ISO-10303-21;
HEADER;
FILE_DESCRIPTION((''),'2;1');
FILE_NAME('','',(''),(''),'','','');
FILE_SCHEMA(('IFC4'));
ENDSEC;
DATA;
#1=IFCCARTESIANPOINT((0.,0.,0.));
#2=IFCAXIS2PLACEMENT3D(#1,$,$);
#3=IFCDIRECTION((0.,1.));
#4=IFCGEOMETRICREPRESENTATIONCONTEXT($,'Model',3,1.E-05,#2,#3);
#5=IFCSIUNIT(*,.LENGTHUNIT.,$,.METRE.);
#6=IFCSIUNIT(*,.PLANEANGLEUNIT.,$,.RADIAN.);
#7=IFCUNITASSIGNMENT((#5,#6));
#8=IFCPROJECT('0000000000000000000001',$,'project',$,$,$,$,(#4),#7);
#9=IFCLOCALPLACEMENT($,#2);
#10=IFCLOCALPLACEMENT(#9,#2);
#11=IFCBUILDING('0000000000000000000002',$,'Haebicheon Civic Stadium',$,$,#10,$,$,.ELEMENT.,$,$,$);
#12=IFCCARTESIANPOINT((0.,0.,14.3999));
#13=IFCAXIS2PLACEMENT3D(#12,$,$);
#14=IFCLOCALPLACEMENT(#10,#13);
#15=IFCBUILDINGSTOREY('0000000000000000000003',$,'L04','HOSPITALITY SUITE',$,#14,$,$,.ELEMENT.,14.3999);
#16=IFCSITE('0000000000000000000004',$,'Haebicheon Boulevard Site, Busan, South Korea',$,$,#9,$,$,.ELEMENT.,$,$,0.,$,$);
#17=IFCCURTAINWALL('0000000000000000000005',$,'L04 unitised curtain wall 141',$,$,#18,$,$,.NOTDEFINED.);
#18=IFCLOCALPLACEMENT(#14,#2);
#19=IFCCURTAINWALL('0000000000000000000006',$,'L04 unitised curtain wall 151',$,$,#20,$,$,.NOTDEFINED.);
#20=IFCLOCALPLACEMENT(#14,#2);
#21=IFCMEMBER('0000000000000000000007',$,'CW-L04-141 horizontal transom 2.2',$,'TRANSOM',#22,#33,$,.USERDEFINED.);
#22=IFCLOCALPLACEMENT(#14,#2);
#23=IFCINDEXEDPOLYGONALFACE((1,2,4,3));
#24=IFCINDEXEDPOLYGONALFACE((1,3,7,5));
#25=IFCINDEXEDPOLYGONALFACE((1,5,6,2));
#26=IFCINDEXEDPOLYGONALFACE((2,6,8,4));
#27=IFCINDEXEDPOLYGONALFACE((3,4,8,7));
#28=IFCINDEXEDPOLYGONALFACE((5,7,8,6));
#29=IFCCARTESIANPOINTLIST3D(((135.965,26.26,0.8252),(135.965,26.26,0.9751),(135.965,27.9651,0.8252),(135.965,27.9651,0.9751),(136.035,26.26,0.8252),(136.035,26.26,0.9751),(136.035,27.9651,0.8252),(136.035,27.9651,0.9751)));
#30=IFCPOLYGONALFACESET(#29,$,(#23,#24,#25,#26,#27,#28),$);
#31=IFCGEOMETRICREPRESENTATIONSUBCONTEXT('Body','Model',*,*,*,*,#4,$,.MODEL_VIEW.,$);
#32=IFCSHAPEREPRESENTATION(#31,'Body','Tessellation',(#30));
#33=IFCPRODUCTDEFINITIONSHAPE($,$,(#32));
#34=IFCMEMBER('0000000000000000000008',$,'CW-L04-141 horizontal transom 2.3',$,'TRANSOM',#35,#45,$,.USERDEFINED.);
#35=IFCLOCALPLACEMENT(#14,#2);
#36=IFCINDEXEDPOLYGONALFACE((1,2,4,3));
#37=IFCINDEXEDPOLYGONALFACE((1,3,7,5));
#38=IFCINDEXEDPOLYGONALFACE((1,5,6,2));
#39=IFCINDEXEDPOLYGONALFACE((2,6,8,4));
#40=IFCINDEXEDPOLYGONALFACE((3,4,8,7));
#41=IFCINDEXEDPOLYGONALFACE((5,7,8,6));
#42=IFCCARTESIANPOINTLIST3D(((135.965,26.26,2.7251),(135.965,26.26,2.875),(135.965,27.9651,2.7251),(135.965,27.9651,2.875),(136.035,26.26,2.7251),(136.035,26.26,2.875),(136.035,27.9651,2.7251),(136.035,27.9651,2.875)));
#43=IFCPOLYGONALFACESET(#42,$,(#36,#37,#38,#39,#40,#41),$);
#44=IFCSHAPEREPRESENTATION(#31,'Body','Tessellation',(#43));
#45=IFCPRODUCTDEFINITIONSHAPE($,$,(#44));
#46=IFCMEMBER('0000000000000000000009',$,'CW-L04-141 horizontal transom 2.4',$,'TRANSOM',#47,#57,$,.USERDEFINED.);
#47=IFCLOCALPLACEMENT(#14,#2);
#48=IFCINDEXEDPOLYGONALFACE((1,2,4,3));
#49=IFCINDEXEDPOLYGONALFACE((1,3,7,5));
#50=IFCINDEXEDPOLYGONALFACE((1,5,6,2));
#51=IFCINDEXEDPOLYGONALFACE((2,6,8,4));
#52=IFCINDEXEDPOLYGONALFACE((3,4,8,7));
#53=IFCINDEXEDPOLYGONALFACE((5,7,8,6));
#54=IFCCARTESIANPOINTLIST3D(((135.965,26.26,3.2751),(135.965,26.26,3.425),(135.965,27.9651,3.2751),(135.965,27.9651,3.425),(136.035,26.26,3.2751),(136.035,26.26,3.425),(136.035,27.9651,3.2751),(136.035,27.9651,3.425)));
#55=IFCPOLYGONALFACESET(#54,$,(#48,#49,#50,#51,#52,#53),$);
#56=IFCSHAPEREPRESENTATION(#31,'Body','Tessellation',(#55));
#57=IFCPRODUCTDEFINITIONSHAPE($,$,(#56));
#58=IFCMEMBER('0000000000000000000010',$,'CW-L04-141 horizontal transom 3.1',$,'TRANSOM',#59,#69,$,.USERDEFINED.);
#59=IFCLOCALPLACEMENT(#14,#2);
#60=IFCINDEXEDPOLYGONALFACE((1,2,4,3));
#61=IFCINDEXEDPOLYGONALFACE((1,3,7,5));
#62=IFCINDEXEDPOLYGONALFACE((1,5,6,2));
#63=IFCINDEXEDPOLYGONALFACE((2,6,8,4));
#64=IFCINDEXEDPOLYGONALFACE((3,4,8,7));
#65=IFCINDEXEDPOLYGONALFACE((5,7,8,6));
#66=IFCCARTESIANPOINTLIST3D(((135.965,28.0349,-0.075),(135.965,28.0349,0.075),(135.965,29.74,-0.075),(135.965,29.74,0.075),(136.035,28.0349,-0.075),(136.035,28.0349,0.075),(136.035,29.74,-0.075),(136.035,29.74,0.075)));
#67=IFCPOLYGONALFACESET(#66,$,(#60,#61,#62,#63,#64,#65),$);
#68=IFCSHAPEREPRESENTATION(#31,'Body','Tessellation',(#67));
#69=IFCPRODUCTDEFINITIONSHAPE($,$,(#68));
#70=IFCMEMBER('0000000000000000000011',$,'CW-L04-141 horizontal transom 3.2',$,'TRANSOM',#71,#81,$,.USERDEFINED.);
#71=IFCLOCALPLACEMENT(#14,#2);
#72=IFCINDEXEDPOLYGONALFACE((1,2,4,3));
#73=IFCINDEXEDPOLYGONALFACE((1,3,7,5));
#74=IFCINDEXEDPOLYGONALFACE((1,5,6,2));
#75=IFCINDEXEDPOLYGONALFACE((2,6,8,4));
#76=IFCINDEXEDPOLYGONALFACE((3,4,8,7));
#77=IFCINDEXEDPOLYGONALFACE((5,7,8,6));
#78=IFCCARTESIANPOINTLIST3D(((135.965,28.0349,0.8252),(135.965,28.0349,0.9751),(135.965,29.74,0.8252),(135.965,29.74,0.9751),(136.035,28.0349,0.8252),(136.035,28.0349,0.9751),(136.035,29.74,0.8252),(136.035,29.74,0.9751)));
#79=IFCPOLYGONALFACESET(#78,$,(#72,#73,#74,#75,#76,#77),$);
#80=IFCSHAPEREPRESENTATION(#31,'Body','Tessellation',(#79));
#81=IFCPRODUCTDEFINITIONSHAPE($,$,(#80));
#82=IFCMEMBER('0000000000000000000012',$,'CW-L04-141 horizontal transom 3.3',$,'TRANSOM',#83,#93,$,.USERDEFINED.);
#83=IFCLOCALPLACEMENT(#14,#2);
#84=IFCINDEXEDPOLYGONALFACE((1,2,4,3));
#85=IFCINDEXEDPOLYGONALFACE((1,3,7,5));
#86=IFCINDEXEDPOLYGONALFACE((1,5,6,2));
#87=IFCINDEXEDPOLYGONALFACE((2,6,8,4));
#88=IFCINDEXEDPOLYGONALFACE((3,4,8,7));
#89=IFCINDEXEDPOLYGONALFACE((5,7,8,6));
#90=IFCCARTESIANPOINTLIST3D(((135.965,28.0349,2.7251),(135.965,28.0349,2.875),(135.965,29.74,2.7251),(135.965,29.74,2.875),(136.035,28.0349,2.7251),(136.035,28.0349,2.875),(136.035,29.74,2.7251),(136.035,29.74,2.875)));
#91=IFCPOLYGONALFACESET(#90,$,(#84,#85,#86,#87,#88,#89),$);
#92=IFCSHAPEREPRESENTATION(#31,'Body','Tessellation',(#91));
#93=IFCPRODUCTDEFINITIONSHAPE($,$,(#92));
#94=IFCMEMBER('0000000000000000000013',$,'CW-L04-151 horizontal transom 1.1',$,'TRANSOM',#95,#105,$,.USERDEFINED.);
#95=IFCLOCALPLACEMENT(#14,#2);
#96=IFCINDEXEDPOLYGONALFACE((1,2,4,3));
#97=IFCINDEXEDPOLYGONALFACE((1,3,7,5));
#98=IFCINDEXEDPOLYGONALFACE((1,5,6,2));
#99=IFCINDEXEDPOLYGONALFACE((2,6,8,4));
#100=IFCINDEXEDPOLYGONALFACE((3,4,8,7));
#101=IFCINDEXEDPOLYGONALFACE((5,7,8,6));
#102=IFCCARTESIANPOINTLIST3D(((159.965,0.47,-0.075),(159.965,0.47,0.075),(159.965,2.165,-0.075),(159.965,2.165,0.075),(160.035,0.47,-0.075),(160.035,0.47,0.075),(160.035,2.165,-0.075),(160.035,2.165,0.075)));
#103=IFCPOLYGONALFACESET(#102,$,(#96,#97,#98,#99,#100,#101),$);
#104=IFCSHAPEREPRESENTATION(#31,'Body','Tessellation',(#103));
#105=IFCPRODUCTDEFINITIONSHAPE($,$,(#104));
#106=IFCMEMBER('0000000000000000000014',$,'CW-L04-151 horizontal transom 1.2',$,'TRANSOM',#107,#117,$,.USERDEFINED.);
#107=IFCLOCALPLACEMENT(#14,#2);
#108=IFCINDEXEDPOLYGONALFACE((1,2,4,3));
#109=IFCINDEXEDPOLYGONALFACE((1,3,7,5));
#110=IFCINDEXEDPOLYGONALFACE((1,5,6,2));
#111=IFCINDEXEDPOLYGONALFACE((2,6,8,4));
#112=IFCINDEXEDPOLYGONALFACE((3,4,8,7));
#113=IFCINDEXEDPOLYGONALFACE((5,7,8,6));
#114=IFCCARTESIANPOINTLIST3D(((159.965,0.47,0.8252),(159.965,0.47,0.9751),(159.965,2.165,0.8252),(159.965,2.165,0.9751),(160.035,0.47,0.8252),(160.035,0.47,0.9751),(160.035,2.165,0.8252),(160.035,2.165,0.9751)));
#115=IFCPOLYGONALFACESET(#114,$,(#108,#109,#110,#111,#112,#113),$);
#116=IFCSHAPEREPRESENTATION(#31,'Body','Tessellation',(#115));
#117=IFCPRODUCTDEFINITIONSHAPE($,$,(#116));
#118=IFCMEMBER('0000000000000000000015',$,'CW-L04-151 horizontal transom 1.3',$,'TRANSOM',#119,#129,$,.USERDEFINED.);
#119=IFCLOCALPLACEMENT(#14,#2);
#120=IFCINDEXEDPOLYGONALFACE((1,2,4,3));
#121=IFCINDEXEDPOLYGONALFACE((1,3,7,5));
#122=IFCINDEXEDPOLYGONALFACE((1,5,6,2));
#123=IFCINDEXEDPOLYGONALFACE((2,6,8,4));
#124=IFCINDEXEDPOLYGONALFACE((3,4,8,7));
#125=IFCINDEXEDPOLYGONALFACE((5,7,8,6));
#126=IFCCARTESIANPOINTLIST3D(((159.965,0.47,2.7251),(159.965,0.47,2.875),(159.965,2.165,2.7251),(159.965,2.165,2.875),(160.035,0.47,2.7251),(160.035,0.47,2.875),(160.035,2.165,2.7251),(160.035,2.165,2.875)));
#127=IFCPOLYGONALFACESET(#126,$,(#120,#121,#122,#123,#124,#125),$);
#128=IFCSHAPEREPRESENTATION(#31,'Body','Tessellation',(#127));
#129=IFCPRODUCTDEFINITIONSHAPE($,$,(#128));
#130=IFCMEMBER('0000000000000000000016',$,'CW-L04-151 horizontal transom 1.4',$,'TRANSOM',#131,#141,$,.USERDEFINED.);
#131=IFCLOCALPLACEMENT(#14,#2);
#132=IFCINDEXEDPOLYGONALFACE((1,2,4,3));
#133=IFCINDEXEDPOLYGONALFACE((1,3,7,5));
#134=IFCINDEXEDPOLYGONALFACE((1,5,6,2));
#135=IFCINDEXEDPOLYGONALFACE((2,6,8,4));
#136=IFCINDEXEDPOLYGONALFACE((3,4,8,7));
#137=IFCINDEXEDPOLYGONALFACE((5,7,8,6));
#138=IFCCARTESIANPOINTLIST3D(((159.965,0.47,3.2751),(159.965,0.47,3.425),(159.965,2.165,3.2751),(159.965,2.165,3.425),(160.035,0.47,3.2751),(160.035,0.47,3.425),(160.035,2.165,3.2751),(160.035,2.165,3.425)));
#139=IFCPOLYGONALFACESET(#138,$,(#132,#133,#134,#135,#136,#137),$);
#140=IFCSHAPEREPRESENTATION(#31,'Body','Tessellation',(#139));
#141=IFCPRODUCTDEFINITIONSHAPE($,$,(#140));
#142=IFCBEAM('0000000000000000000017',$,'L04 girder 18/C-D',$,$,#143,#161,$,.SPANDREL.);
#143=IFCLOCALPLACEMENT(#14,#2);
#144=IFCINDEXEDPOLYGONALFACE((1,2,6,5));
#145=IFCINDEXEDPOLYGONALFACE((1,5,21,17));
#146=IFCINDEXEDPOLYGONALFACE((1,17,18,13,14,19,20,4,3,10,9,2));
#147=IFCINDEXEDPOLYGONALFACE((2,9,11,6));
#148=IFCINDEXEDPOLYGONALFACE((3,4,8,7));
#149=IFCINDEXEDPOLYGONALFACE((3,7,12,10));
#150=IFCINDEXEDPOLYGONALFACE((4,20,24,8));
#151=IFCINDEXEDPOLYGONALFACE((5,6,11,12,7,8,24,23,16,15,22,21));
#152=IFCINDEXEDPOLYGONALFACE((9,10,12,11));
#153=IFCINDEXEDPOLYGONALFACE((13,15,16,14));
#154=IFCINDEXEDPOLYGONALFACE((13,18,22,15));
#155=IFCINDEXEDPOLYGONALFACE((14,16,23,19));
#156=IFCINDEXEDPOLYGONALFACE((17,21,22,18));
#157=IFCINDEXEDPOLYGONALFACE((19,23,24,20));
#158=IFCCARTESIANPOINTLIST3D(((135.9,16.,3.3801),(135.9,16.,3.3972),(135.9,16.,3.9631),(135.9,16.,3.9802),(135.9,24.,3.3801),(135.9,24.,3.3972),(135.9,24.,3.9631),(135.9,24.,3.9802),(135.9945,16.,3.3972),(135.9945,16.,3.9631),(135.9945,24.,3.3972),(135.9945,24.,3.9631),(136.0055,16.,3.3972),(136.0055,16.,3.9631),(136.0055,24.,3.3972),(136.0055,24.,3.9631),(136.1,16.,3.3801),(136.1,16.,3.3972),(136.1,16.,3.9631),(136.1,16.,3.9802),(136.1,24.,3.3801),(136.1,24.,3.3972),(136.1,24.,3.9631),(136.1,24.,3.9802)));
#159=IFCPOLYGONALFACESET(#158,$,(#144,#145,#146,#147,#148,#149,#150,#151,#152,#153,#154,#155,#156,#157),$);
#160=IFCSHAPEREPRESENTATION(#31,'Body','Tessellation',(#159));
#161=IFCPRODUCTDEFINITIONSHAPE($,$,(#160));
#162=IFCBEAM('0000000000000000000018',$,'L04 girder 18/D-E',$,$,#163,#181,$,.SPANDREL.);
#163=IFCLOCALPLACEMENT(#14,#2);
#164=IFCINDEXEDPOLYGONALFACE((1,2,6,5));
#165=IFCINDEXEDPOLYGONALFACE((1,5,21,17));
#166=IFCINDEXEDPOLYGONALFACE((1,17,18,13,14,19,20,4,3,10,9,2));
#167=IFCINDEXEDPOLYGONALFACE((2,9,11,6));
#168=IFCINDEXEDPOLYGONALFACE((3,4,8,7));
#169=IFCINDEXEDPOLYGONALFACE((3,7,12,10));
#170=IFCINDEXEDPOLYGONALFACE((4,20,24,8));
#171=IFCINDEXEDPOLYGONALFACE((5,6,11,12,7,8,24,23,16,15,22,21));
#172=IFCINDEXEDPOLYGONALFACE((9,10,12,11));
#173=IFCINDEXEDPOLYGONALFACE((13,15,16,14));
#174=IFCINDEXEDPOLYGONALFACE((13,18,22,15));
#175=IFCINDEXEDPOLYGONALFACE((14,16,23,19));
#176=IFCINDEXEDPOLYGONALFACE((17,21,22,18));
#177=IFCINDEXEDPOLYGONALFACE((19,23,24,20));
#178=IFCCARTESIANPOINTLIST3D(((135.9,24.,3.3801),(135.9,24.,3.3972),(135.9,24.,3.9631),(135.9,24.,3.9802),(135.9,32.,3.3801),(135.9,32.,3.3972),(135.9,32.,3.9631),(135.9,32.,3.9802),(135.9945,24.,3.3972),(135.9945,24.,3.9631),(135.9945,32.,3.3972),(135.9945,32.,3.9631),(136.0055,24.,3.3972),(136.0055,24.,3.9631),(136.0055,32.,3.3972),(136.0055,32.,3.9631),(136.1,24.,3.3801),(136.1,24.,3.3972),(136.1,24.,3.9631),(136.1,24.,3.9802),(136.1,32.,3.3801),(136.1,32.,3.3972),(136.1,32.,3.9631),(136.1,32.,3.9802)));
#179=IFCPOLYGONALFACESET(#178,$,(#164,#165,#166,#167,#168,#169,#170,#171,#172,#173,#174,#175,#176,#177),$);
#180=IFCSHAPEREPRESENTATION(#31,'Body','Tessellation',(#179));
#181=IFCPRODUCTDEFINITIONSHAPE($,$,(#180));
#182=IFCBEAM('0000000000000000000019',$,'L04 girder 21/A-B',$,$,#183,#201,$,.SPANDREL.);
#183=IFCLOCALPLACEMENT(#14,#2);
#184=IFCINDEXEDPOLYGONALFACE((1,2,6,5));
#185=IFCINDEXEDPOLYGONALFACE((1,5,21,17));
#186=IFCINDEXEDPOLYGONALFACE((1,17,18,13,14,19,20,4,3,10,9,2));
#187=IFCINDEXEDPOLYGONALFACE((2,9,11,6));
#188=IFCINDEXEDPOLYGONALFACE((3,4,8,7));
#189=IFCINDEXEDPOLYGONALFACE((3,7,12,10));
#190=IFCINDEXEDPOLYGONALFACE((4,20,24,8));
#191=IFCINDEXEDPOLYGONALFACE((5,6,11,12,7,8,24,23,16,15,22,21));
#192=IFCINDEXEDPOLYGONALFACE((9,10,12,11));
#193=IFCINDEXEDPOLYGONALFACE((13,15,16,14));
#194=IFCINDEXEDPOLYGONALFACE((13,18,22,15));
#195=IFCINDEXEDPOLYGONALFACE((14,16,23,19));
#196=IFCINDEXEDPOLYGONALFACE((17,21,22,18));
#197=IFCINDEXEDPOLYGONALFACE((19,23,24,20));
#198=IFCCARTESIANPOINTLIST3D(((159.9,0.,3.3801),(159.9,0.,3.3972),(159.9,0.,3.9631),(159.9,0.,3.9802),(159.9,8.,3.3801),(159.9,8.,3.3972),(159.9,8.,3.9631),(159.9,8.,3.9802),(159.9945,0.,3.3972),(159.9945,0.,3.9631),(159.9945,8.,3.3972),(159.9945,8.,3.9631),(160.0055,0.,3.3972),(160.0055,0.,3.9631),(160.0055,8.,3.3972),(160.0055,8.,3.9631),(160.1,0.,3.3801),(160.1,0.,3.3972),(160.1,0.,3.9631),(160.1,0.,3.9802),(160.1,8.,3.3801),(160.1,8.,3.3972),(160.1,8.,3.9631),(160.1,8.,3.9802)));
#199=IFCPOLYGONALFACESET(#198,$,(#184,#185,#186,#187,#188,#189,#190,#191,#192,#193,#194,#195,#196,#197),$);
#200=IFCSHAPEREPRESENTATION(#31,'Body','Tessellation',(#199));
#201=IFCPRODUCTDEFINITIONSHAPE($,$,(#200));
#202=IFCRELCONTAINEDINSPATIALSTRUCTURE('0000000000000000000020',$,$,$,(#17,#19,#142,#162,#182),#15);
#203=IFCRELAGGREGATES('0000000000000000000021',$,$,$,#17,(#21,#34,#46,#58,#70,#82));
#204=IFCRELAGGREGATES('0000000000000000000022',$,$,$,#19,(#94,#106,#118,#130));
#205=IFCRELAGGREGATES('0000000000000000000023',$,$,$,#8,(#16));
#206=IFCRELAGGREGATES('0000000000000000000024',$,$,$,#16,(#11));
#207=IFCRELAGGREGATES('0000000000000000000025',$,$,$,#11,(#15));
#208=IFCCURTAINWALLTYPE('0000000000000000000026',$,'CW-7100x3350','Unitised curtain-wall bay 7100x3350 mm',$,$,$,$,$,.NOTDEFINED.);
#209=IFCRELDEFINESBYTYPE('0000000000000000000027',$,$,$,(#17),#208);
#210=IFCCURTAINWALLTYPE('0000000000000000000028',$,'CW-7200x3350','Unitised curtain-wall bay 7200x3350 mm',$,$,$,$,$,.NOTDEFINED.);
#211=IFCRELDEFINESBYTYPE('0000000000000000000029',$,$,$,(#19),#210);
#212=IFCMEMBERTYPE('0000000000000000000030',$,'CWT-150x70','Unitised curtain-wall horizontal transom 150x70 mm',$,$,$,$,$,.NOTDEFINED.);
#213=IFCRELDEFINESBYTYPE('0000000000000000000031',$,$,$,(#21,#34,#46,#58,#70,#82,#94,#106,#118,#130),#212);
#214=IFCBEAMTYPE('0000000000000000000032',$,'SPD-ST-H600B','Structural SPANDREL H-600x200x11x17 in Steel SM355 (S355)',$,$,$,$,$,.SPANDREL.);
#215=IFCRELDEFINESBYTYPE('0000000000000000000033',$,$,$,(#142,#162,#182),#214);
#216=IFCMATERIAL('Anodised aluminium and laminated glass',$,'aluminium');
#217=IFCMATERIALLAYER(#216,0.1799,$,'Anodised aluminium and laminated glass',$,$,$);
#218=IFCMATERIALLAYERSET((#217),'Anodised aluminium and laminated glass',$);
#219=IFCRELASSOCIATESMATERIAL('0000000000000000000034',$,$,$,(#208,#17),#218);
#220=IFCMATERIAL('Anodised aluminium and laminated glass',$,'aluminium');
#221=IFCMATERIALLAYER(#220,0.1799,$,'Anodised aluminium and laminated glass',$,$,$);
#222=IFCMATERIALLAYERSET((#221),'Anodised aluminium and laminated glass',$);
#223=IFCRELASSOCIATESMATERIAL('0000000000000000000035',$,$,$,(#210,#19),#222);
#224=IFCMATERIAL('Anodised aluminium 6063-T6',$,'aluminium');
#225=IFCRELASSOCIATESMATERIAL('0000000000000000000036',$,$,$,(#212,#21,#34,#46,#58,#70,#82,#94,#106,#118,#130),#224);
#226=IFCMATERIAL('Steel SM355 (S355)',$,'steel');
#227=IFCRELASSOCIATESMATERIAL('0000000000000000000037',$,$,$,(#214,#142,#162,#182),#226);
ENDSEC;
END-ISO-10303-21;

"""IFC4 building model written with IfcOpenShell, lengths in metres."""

from ifc_helpers import new_model, si_unit, direction, frame, origin, origin_2d, place, context, subcontext, project, spatial, rectangle, i_section, extrude, material, layer, layer_set, material_profile, profile_set, type_object, element, aggregate, save


model = new_model("IFC4")

# Units and contexts
model_context = context("Model", 3, precision=1e-05, world=origin(), true_north=direction((0.0, 1.0)))
body_context = subcontext(model_context, "Body", "Model", "MODEL_VIEW")
ifc_project = project(units=[si_unit("LENGTHUNIT", "METRE"), si_unit("PLANEANGLEUNIT", "RADIAN")], contexts=[model_context])

# Site, building, storey
site_placement = place(None, origin())
site = spatial("IfcSite", under=ifc_project, at=site_placement, Name="Haebicheon Boulevard Site, Busan, South Korea", CompositionType="ELEMENT", RefElevation=0.0)
building_placement = place(site_placement, origin())
building = spatial("IfcBuilding", under=site, at=building_placement, Name="Haebicheon Civic Stadium", CompositionType="ELEMENT")
storey_placement = place(building_placement, frame((0.0, 0.0, 14.3999)))
storey = spatial("IfcBuildingStorey", under=building, at=storey_placement, Name="L04", Description="HOSPITALITY SUITE", CompositionType="ELEMENT", Elevation=14.3999)

# Shared definitions
ifc_material_1 = material(Name="Anodised aluminium and laminated glass", Category="aluminium")
ifc_layer_1 = layer(ifc_material_1, 0.1799, Name="Anodised aluminium and laminated glass")
ifc_layer_set_1 = layer_set([ifc_layer_1], Name="Anodised aluminium and laminated glass")
curtain_wall_type_1 = type_object("IfcCurtainWallType", Name="CW-7100x3350", Description="Unitised curtain-wall bay 7100x3350 mm", PredefinedType="NOTDEFINED", material=ifc_layer_set_1)

# Curtain walls
curtain_wall_1_placement = place(storey_placement, origin())
curtain_wall_1 = element("IfcCurtainWall", 1, at=curtain_wall_1_placement, inside=storey, type_object=curtain_wall_type_1, material=ifc_layer_set_1, Name="L04 unitised curtain wall 141", PredefinedType="NOTDEFINED")
ifc_material_2 = material(Name="Anodised aluminium and laminated glass", Category="aluminium")
ifc_layer_2 = layer(ifc_material_2, 0.1799, Name="Anodised aluminium and laminated glass")
ifc_layer_set_2 = layer_set([ifc_layer_2], Name="Anodised aluminium and laminated glass")
curtain_wall_type_2 = type_object("IfcCurtainWallType", Name="CW-7200x3350", Description="Unitised curtain-wall bay 7200x3350 mm", PredefinedType="NOTDEFINED", material=ifc_layer_set_2)
curtain_wall_2_placement = place(storey_placement, origin())
curtain_wall_2 = element("IfcCurtainWall", 2, at=curtain_wall_2_placement, inside=storey, type_object=curtain_wall_type_2, material=ifc_layer_set_2, Name="L04 unitised curtain wall 151", PredefinedType="NOTDEFINED")

# Members
ifc_material_3 = material(Name="Anodised aluminium 6063-T6", Category="aluminium")
ifc_material_profile_1 = material_profile(ifc_material_3, rectangle(XDim=0.0701, YDim=0.1499, at=origin_2d()), Name="ALU-TRAN-70x150")
ifc_profile_set_1 = profile_set([ifc_material_profile_1], Name="Anodised aluminium 6063-T6")
member_type_1 = type_object("IfcMemberType", Name="CWT-150x70", Description="Unitised curtain-wall horizontal transom 150x70 mm", PredefinedType="NOTDEFINED", material=ifc_profile_set_1)
member_1_placement = place(storey_placement, frame((136.0, 26.26, 0.9001), z_axis=(0.0, 1.0, 0.0), x_axis=(-1.0, 0.0, 0.0)))
member_1 = element("IfcMember", 3, at=member_1_placement, type_object=member_type_1, material=ifc_profile_set_1, Name="CW-L04-141 horizontal transom 2.2", ObjectType="TRANSOM", PredefinedType="USERDEFINED", context=body_context, shape_type="SweptSolid", body=[
    extrude(rectangle(XDim=0.0701, YDim=0.1499, at=origin_2d()), origin(), (0.0, 0.0, 1.0), 1.7051),
])
member_2_placement = place(storey_placement, frame((136.0, 26.26, 2.8), z_axis=(0.0, 1.0, 0.0), x_axis=(-1.0, 0.0, 0.0)))
member_2 = element("IfcMember", 4, at=member_2_placement, type_object=member_type_1, material=ifc_profile_set_1, Name="CW-L04-141 horizontal transom 2.3", ObjectType="TRANSOM", PredefinedType="USERDEFINED", context=body_context, shape_type="SweptSolid", body=[
    extrude(rectangle(XDim=0.0701, YDim=0.1499, at=origin_2d()), origin(), (0.0, 0.0, 1.0), 1.7051),
])
member_3_placement = place(storey_placement, frame((136.0, 26.26, 3.3501), z_axis=(0.0, 1.0, 0.0), x_axis=(-1.0, 0.0, 0.0)))
member_3 = element("IfcMember", 5, at=member_3_placement, type_object=member_type_1, material=ifc_profile_set_1, Name="CW-L04-141 horizontal transom 2.4", ObjectType="TRANSOM", PredefinedType="USERDEFINED", context=body_context, shape_type="SweptSolid", body=[
    extrude(rectangle(XDim=0.0701, YDim=0.1499, at=origin_2d()), origin(), (0.0, 0.0, 1.0), 1.7051),
])
member_4_placement = place(storey_placement, frame((136.0, 28.0349, 0.0), z_axis=(0.0, 1.0, 0.0), x_axis=(-1.0, 0.0, 0.0)))
member_4 = element("IfcMember", 6, at=member_4_placement, type_object=member_type_1, material=ifc_profile_set_1, Name="CW-L04-141 horizontal transom 3.1", ObjectType="TRANSOM", PredefinedType="USERDEFINED", context=body_context, shape_type="SweptSolid", body=[
    extrude(rectangle(XDim=0.0701, YDim=0.1499, at=origin_2d()), origin(), (0.0, 0.0, 1.0), 1.7051),
])
member_5_placement = place(storey_placement, frame((136.0, 28.0349, 0.9001), z_axis=(0.0, 1.0, 0.0), x_axis=(-1.0, 0.0, 0.0)))
member_5 = element("IfcMember", 7, at=member_5_placement, type_object=member_type_1, material=ifc_profile_set_1, Name="CW-L04-141 horizontal transom 3.2", ObjectType="TRANSOM", PredefinedType="USERDEFINED", context=body_context, shape_type="SweptSolid", body=[
    extrude(rectangle(XDim=0.0701, YDim=0.1499, at=origin_2d()), origin(), (0.0, 0.0, 1.0), 1.7051),
])
member_6_placement = place(storey_placement, frame((136.0, 28.0349, 2.8), z_axis=(0.0, 1.0, 0.0), x_axis=(-1.0, 0.0, 0.0)))
member_6 = element("IfcMember", 8, at=member_6_placement, type_object=member_type_1, material=ifc_profile_set_1, Name="CW-L04-141 horizontal transom 3.3", ObjectType="TRANSOM", PredefinedType="USERDEFINED", context=body_context, shape_type="SweptSolid", body=[
    extrude(rectangle(XDim=0.0701, YDim=0.1499, at=origin_2d()), origin(), (0.0, 0.0, 1.0), 1.7051),
])
member_7_placement = place(storey_placement, frame((160.0, 0.47, 0.0), z_axis=(0.0, 1.0, 0.0), x_axis=(-1.0, 0.0, 0.0)))
member_7 = element("IfcMember", 9, at=member_7_placement, type_object=member_type_1, material=ifc_profile_set_1, Name="CW-L04-151 horizontal transom 1.1", ObjectType="TRANSOM", PredefinedType="USERDEFINED", context=body_context, shape_type="SweptSolid", body=[
    extrude(rectangle(XDim=0.0701, YDim=0.1499, at=origin_2d()), origin(), (0.0, 0.0, 1.0), 1.6951),
])
member_8_placement = place(storey_placement, frame((160.0, 0.47, 0.9001), z_axis=(0.0, 1.0, 0.0), x_axis=(-1.0, 0.0, 0.0)))
member_8 = element("IfcMember", 10, at=member_8_placement, type_object=member_type_1, material=ifc_profile_set_1, Name="CW-L04-151 horizontal transom 1.2", ObjectType="TRANSOM", PredefinedType="USERDEFINED", context=body_context, shape_type="SweptSolid", body=[
    extrude(rectangle(XDim=0.0701, YDim=0.1499, at=origin_2d()), origin(), (0.0, 0.0, 1.0), 1.6951),
])
member_9_placement = place(storey_placement, frame((160.0, 0.47, 2.8), z_axis=(0.0, 1.0, 0.0), x_axis=(-1.0, 0.0, 0.0)))
member_9 = element("IfcMember", 11, at=member_9_placement, type_object=member_type_1, material=ifc_profile_set_1, Name="CW-L04-151 horizontal transom 1.3", ObjectType="TRANSOM", PredefinedType="USERDEFINED", context=body_context, shape_type="SweptSolid", body=[
    extrude(rectangle(XDim=0.0701, YDim=0.1499, at=origin_2d()), origin(), (0.0, 0.0, 1.0), 1.6951),
])
member_10_placement = place(storey_placement, frame((160.0, 0.47, 3.3501), z_axis=(0.0, 1.0, 0.0), x_axis=(-1.0, 0.0, 0.0)))
member_10 = element("IfcMember", 12, at=member_10_placement, type_object=member_type_1, material=ifc_profile_set_1, Name="CW-L04-151 horizontal transom 1.4", ObjectType="TRANSOM", PredefinedType="USERDEFINED", context=body_context, shape_type="SweptSolid", body=[
    extrude(rectangle(XDim=0.0701, YDim=0.1499, at=origin_2d()), origin(), (0.0, 0.0, 1.0), 1.6951),
])

# Beams
ifc_material_4 = material(Name="Steel SM355 (S355)", Category="steel")
ifc_material_profile_2 = material_profile(ifc_material_4, i_section(OverallWidth=0.2, OverallDepth=0.6001, WebThickness=0.011, FlangeThickness=0.0171, at=origin_2d()), Name="H-600x200x11x17")
ifc_profile_set_2 = profile_set([ifc_material_profile_2], Name="Steel SM355 (S355)")
beam_type = type_object("IfcBeamType", Name="SPD-ST-H600B", Description="Structural SPANDREL H-600x200x11x17 in Steel SM355 (S355)", PredefinedType="SPANDREL", material=ifc_profile_set_2)
for number, where, z_axis, x_axis, name in (
    (13, (136.0, 16.0, 3.6802), (0.0, 1.0, 0.0), (-1.0, 0.0, 0.0), "L04 girder 18/C-D"),
    (14, (136.0, 24.0, 3.6802), (0.0, 1.0, 0.0), (-1.0, 0.0, 0.0), "L04 girder 18/D-E"),
    (15, (160.0, 0.0, 3.6802), (0.0, 1.0, 0.0), (-1.0, 0.0, 0.0), "L04 girder 21/A-B"),
):
    element("IfcBeam", number, at=place(storey_placement, frame(where, z_axis=z_axis, x_axis=x_axis)), inside=storey, type_object=beam_type, material=ifc_profile_set_2, Name=name, PredefinedType="SPANDREL", context=body_context, shape_type="SweptSolid", body=[
        extrude(i_section(OverallWidth=0.2, OverallDepth=0.6001, WebThickness=0.011, FlangeThickness=0.0171, at=origin_2d()), origin(), (0.0, 0.0, 1.0), 8.0),
    ])

aggregate(curtain_wall_1, [member_1, member_2, member_3, member_4, member_5, member_6])
aggregate(curtain_wall_2, [member_7, member_8, member_9, member_10])

save(model, "model.ifc")
